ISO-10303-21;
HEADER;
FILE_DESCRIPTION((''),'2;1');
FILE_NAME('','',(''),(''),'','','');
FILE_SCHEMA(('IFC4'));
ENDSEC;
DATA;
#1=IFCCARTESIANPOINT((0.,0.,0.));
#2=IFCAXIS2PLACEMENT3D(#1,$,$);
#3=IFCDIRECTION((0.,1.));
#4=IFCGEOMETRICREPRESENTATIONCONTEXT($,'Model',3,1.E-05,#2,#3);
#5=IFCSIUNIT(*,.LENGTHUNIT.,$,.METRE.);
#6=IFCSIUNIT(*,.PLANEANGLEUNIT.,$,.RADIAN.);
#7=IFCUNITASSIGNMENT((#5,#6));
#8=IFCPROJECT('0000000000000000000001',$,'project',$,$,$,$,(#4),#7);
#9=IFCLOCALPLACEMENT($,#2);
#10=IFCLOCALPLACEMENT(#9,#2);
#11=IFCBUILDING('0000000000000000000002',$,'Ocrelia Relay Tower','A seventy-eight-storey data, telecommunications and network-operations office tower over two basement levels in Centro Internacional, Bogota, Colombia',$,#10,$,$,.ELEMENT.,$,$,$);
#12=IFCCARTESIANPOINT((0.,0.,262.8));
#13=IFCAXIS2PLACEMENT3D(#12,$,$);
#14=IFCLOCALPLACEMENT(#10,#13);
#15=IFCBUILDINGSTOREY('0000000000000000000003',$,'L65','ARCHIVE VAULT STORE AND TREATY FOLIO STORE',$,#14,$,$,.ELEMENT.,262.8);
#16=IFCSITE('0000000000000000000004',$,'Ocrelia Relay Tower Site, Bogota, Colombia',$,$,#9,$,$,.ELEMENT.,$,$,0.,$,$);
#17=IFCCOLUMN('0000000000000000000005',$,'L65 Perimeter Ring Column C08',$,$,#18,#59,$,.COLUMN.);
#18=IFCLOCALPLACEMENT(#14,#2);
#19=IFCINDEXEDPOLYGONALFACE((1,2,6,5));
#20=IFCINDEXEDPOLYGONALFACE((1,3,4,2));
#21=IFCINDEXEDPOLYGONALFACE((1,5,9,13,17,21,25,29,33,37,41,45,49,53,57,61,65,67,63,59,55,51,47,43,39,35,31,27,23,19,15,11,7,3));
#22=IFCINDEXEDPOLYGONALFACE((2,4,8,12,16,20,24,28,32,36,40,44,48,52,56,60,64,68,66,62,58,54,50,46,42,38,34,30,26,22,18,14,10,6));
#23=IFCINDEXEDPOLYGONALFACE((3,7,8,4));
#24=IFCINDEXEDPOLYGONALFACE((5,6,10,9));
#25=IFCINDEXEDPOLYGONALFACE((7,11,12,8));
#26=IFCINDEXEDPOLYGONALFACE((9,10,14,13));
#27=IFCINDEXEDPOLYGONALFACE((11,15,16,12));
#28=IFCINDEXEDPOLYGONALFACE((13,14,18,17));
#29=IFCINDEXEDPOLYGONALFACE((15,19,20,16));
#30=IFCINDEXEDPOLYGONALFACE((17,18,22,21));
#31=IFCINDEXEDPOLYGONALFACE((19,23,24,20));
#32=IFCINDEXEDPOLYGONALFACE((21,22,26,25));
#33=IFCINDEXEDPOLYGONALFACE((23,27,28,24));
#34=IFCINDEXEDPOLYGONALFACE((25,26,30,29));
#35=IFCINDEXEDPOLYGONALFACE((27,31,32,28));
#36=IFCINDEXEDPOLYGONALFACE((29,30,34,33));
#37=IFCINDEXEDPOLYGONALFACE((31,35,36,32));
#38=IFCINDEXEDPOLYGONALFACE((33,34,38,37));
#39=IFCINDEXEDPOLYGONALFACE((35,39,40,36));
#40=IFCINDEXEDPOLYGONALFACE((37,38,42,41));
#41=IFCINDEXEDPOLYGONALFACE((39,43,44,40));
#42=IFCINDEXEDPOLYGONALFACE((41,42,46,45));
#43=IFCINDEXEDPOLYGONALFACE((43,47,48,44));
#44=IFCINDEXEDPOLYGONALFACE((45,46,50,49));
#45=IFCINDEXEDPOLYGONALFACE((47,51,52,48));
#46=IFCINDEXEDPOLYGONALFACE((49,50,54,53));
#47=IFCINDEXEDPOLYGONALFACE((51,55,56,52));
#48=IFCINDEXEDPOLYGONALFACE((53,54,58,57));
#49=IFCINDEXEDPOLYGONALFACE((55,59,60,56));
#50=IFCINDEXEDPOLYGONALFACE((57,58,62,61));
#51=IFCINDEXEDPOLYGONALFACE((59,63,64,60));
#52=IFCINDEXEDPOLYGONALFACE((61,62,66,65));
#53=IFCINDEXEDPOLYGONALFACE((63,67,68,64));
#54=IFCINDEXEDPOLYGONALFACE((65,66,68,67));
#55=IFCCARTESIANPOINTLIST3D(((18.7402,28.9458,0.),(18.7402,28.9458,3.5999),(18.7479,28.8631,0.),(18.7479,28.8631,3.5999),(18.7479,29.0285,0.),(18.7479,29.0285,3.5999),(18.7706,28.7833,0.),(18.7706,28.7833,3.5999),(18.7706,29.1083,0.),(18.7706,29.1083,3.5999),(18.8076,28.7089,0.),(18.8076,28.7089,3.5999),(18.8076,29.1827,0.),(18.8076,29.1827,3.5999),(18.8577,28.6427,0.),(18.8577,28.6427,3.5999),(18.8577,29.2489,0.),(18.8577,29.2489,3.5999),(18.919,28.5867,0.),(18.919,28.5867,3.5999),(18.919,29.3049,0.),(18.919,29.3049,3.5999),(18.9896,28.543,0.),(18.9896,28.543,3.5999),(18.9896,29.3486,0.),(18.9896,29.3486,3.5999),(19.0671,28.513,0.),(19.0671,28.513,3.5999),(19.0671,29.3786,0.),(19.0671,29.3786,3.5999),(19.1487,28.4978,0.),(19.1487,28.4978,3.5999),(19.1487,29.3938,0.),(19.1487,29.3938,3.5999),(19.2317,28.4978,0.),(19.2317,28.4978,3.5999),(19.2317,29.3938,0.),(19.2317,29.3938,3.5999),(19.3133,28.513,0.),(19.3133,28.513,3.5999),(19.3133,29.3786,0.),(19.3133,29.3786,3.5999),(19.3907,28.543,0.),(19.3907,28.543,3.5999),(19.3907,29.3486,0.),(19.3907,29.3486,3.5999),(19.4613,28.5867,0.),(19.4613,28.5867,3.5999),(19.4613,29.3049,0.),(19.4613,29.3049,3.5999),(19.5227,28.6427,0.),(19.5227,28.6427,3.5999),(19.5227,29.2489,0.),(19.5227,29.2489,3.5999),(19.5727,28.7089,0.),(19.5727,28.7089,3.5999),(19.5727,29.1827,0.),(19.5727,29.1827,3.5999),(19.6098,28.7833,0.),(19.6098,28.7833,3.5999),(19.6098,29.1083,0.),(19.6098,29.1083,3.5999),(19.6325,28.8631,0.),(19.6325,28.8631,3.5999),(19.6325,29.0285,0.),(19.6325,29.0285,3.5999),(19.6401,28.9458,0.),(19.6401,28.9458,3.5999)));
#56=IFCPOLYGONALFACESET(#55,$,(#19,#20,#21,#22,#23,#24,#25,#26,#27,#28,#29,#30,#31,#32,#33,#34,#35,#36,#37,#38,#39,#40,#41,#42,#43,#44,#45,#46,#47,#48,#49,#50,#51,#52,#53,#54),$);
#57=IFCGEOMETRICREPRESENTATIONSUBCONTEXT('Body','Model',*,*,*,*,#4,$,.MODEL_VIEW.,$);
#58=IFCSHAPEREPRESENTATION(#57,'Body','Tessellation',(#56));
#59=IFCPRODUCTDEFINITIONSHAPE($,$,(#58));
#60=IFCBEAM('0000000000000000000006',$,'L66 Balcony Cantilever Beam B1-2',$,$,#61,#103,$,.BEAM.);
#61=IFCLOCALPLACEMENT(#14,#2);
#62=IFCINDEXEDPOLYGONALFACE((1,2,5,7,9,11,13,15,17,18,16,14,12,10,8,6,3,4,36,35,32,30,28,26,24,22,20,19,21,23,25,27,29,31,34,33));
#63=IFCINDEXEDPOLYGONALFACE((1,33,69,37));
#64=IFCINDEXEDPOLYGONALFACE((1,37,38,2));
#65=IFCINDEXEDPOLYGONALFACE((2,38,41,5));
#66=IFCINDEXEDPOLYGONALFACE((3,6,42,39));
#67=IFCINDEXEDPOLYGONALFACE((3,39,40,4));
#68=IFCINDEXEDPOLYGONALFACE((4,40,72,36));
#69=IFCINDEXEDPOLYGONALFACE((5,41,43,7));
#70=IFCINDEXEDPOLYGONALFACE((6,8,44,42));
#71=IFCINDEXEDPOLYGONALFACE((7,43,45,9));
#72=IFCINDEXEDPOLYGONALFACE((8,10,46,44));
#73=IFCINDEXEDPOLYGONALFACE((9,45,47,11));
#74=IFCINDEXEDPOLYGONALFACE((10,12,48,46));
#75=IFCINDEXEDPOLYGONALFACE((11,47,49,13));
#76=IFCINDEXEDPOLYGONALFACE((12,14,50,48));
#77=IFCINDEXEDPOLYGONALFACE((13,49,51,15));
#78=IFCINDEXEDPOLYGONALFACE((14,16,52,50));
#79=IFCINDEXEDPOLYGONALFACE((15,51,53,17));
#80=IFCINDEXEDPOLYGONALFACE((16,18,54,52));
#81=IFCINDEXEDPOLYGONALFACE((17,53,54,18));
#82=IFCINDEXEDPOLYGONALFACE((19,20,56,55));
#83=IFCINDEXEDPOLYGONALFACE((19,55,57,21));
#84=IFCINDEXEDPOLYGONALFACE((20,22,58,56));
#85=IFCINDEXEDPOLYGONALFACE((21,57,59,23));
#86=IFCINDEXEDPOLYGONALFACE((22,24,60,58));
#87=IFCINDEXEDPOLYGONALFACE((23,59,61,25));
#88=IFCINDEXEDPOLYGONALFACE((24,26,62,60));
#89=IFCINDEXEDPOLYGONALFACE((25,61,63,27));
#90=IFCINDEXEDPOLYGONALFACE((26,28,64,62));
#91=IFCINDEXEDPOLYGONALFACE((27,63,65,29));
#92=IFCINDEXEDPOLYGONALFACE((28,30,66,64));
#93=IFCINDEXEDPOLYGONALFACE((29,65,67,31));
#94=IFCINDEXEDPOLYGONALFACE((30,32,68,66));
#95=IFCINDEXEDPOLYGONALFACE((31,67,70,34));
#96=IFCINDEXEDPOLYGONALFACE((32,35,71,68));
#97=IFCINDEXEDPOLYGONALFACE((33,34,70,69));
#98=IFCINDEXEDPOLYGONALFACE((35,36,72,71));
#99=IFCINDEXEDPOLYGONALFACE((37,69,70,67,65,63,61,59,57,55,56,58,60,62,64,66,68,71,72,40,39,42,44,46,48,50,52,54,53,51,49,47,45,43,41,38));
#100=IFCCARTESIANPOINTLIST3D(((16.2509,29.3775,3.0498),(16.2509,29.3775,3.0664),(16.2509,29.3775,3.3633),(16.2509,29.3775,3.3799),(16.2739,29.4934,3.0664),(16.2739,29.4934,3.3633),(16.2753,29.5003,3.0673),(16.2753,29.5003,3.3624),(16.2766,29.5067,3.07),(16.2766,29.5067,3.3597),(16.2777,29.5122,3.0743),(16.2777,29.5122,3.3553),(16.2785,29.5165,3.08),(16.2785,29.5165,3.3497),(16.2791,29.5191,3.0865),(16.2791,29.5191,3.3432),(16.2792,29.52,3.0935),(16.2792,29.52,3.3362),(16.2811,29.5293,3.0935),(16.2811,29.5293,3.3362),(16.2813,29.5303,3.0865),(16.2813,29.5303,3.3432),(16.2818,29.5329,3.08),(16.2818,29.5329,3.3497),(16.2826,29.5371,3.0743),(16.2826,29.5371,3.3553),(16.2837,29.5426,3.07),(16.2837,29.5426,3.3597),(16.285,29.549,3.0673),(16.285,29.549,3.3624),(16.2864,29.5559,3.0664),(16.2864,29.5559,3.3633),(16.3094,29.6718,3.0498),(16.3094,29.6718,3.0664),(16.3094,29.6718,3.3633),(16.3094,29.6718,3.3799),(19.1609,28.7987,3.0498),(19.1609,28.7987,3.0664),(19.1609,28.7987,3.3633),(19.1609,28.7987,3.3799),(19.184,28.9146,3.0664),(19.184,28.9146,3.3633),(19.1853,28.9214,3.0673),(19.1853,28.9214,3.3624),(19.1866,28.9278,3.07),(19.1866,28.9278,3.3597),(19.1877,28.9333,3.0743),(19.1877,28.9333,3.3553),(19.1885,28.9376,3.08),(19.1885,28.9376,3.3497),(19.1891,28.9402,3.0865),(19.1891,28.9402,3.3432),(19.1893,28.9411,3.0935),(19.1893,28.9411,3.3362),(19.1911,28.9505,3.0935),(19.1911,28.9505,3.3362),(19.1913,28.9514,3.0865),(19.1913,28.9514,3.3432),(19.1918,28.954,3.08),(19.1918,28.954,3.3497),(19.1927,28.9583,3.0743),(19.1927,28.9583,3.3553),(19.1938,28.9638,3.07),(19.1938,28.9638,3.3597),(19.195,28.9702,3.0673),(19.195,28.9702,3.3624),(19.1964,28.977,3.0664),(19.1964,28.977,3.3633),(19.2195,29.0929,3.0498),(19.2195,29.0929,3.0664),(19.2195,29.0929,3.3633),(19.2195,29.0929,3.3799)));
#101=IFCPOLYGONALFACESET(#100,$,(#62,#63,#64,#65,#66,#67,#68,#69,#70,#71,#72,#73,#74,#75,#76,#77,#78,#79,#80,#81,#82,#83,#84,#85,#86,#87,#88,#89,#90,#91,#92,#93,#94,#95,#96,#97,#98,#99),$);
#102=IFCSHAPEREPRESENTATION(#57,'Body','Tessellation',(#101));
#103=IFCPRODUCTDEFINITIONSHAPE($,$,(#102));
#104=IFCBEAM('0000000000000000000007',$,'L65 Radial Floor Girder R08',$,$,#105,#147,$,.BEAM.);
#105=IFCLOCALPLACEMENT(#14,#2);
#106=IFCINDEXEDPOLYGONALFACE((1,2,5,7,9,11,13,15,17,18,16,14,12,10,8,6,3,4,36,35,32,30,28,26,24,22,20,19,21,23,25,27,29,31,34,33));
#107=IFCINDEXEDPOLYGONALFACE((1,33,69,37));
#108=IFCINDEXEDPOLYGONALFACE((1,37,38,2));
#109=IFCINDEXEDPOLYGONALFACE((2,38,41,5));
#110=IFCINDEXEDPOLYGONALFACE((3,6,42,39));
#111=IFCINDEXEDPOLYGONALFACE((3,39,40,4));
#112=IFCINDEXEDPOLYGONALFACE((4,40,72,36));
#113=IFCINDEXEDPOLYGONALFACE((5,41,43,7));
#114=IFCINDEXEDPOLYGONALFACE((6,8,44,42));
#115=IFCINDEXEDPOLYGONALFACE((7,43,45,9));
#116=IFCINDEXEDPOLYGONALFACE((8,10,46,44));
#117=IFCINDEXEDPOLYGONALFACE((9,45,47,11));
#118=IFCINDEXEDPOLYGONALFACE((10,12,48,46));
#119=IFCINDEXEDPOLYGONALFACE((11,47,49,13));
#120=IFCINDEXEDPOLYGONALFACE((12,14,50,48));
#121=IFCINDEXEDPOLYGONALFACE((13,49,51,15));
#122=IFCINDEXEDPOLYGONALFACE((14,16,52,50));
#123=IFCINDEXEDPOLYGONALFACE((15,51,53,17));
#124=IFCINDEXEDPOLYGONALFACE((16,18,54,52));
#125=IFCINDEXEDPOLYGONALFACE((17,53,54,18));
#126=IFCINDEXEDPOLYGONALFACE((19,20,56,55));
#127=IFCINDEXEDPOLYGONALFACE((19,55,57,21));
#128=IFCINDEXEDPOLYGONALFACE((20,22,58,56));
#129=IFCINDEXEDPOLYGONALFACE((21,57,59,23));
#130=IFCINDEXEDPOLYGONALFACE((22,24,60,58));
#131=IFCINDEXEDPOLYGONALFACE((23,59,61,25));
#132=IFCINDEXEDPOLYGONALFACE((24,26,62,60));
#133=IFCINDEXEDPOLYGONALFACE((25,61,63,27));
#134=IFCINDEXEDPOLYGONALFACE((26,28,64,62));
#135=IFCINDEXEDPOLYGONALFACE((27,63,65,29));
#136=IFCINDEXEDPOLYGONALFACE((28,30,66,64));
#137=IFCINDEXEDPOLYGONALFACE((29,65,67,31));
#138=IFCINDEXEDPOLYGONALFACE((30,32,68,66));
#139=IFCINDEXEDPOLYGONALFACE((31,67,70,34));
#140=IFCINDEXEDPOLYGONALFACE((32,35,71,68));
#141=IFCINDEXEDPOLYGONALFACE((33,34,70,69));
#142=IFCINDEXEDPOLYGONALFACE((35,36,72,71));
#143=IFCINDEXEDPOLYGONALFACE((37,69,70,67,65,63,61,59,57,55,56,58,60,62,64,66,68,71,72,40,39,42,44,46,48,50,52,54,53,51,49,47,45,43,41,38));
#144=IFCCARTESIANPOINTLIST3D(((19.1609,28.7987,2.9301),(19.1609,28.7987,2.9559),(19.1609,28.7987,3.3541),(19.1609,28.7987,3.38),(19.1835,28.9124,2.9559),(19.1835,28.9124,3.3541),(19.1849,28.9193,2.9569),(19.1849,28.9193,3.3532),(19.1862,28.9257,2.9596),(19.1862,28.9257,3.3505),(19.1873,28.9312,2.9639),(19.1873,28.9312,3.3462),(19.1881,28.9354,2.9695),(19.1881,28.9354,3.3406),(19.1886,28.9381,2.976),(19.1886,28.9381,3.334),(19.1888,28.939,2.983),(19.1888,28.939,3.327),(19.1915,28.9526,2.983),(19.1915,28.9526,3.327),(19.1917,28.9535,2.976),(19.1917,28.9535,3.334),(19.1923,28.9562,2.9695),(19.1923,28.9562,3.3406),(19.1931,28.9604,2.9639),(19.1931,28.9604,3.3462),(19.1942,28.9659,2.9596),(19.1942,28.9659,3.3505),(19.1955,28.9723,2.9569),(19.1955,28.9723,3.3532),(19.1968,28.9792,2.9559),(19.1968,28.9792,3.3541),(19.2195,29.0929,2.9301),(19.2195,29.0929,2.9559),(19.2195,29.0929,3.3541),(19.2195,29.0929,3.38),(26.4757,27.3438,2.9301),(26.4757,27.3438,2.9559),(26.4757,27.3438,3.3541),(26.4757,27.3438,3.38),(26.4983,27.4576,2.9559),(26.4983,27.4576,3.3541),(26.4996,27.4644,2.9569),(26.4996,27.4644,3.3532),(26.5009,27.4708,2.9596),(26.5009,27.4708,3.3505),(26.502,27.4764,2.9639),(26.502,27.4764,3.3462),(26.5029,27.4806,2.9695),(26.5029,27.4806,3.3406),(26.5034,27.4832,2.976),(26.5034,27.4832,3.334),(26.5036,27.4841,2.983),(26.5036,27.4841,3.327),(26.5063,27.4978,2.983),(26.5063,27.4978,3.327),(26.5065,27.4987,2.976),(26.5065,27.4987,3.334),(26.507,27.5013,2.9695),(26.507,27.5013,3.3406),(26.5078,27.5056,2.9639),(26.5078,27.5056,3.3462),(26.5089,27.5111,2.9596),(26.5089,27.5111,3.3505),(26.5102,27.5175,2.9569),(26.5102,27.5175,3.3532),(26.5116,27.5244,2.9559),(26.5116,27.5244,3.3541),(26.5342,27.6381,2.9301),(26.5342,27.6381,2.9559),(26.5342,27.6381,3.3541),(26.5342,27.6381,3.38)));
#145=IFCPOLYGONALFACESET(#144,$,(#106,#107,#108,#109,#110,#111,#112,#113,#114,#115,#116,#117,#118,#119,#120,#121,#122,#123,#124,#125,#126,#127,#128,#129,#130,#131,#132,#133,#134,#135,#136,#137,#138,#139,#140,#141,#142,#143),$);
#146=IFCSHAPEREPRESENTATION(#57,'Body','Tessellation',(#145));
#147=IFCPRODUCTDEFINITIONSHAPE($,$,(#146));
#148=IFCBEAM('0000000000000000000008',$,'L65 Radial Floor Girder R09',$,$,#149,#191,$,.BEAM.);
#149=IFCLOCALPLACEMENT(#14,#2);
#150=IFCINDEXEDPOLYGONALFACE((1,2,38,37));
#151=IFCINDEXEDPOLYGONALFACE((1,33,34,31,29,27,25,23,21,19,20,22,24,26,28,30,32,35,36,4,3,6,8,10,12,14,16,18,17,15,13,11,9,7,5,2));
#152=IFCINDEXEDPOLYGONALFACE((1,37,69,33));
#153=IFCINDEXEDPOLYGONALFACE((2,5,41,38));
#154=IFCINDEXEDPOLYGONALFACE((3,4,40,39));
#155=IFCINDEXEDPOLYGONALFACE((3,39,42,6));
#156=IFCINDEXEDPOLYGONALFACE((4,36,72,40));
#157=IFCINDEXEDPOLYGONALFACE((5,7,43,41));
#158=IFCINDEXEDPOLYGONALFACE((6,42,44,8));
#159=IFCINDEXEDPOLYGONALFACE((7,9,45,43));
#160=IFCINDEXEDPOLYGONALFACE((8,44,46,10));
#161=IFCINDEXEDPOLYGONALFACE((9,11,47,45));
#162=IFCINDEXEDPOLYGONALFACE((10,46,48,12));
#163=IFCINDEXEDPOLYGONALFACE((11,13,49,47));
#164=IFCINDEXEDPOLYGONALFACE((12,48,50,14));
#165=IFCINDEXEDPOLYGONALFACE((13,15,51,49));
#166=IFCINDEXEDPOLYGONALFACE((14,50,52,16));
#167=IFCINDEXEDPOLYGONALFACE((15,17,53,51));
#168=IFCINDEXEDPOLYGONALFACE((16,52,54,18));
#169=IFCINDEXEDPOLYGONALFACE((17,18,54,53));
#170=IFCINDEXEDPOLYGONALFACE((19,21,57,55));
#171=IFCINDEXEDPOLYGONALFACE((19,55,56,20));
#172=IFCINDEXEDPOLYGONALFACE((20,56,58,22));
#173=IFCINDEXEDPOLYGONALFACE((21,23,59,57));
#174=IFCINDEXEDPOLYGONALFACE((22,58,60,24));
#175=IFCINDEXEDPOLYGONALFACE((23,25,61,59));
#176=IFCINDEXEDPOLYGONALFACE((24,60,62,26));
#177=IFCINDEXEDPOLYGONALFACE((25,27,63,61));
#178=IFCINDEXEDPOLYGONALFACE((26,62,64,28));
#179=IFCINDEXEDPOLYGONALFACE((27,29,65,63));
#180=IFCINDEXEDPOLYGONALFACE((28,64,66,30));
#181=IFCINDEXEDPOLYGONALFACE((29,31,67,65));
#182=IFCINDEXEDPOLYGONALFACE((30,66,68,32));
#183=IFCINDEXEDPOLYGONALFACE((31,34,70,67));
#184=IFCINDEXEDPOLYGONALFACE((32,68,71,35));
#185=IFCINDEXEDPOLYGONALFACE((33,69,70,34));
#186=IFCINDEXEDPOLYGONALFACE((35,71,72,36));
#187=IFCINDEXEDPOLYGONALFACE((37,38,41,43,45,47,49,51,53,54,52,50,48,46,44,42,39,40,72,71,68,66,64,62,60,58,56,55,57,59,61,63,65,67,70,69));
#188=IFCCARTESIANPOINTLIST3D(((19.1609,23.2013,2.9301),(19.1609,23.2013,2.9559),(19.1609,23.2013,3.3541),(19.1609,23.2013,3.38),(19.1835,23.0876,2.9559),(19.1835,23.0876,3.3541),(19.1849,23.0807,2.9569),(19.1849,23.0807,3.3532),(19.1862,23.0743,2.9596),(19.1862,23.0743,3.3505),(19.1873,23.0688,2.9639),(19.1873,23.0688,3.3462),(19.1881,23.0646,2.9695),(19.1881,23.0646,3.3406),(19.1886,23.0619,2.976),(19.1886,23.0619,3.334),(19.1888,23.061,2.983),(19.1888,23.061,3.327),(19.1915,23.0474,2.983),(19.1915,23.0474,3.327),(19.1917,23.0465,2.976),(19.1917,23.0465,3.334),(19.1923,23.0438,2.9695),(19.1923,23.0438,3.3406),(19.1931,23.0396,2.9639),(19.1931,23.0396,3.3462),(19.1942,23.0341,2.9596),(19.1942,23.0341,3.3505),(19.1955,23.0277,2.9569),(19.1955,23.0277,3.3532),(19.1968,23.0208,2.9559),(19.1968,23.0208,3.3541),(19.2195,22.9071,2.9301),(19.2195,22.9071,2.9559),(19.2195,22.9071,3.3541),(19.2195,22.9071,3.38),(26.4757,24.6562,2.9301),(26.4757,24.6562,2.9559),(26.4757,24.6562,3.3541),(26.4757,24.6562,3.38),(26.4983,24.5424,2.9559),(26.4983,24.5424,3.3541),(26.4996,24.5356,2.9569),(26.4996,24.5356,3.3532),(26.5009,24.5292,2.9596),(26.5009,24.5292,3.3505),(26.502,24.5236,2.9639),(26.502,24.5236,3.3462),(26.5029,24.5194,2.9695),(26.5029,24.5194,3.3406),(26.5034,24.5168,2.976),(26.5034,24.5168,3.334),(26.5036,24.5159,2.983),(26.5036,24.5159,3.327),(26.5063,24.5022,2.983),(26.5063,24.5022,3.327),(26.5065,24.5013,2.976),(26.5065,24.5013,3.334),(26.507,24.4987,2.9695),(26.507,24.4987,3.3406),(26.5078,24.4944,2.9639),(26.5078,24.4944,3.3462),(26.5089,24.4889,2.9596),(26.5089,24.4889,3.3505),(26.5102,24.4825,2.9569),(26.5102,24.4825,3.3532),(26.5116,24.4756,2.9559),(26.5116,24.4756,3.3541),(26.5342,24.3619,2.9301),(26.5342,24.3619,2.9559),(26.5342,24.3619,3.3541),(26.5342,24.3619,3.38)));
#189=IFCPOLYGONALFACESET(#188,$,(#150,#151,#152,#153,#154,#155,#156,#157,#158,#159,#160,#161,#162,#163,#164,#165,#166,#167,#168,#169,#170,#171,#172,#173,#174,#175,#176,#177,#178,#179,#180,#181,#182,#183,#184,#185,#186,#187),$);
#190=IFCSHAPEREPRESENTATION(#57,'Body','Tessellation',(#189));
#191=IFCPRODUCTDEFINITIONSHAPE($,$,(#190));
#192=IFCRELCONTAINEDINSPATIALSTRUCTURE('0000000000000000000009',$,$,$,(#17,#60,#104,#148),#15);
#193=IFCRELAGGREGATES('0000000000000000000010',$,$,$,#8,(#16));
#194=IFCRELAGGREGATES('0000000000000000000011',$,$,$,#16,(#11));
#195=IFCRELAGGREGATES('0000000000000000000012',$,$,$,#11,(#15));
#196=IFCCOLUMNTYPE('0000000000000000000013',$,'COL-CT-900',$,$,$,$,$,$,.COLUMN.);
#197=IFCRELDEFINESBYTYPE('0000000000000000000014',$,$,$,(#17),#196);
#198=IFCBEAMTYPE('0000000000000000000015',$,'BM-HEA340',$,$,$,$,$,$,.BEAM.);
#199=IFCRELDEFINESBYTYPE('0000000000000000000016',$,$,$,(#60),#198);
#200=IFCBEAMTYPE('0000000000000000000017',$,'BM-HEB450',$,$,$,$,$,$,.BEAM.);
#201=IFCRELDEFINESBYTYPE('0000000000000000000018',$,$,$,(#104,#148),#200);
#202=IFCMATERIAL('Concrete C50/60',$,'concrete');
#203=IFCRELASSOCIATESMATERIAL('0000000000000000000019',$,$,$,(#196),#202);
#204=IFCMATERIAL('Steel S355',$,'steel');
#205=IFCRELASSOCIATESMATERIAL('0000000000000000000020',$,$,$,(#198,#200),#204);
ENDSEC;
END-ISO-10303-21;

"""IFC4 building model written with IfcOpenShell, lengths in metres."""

from ifc_helpers import new_model, si_unit, direction, frame, origin, origin_2d, place, context, subcontext, project, spatial, circle, i_section, extrude, material, material_profile, profile_set, type_object, element, save


model = new_model("IFC4")

# Units and contexts
model_context = context("Model", 3, precision=1e-05, world=origin(), true_north=direction((0.0, 1.0)))
body_context = subcontext(model_context, "Body", "Model", "MODEL_VIEW")
ifc_project = project(units=[si_unit("LENGTHUNIT", "METRE"), si_unit("PLANEANGLEUNIT", "RADIAN")], contexts=[model_context])

# Site, building, storey
site_placement = place(None, origin())
site = spatial("IfcSite", under=ifc_project, at=site_placement, Name="Ocrelia Relay Tower Site, Bogota, Colombia", CompositionType="ELEMENT", RefElevation=0.0)
building_placement = place(site_placement, origin())
building = spatial("IfcBuilding", under=site, at=building_placement, Name="Ocrelia Relay Tower", Description="A seventy-eight-storey data, telecommunications and network-operations office tower over two basement levels in Centro Internacional, Bogota, Colombia", CompositionType="ELEMENT")
storey_placement = place(building_placement, frame((0.0, 0.0, 262.8)))
storey = spatial("IfcBuildingStorey", under=building, at=storey_placement, Name="L65", Description="ARCHIVE VAULT STORE AND TREATY FOLIO STORE", CompositionType="ELEMENT", Elevation=262.8)

# Column
ifc_material_1 = material(Name="Concrete C50/60", Category="concrete")
ifc_material_profile_1 = material_profile(ifc_material_1, circle(Radius=0.45, at=origin_2d()), Name="RC-CIR-900")
ifc_profile_set_1 = profile_set([ifc_material_profile_1], Name="Concrete C50/60")
column_type = type_object("IfcColumnType", Name="COL-CT-900", PredefinedType="COLUMN", material=ifc_profile_set_1)
column_placement = place(storey_placement, frame((19.1902, 28.9458, 0.0), z_axis=(0.0, 0.0, 1.0), x_axis=(1.0, 0.0, 0.0)))
element("IfcColumn", 1, at=column_placement, inside=storey, type_object=column_type, Name="L65 Perimeter Ring Column C08", PredefinedType="COLUMN", context=body_context, shape_type="SweptSolid", body=[
    extrude(circle(Radius=0.45, at=origin_2d()), origin(), (0.0, 0.0, 1.0), 3.5999),
])

# Beams
ifc_material_2 = material(Name="Steel S355", Category="steel")
ifc_material_profile_2 = material_profile(ifc_material_2, i_section(OverallWidth=0.3, OverallDepth=0.3301, WebThickness=0.0095, FlangeThickness=0.0166, FilletRadius=0.0271, at=origin_2d()), Name="HEA 340")
ifc_profile_set_2 = profile_set([ifc_material_profile_2], Name="Steel S355")
beam_type_1 = type_object("IfcBeamType", Name="BM-HEA340", PredefinedType="BEAM", material=ifc_profile_set_2)
beam_1_placement = place(storey_placement, frame((19.1902, 28.9458, 3.2148), z_axis=(-0.980783, 0.195103, 0.0), x_axis=(-0.195103, -0.980783, 0.0)))
element("IfcBeam", 2, at=beam_1_placement, inside=storey, type_object=beam_type_1, Name="L66 Balcony Cantilever Beam B1-2", PredefinedType="BEAM", context=body_context, shape_type="SweptSolid", body=[
    extrude(i_section(OverallWidth=0.3, OverallDepth=0.3301, WebThickness=0.0095, FlangeThickness=0.0166, FilletRadius=0.0271, at=origin_2d()), origin(), (0.0, 0.0, 1.0), 2.967),
])
ifc_material_profile_3 = material_profile(ifc_material_2, i_section(OverallWidth=0.3, OverallDepth=0.45, WebThickness=0.0139, FlangeThickness=0.0259, FilletRadius=0.0271, at=origin_2d()), Name="HEB 450")
ifc_profile_set_3 = profile_set([ifc_material_profile_3], Name="Steel S355")
beam_type_2 = type_object("IfcBeamType", Name="BM-HEB450", PredefinedType="BEAM", material=ifc_profile_set_3)
for number, where, z_axis, x_axis, name in (
    (3, (19.1902, 28.9458, 3.155), (0.980789, -0.195071, 0.0), (0.195071, 0.980789, 0.0), "L65 Radial Floor Girder R08"),
    (4, (19.1902, 23.0542, 3.155), (0.980789, 0.195071, 0.0), (-0.195071, 0.980789, 0.0), "L65 Radial Floor Girder R09"),
):
    element("IfcBeam", number, at=place(storey_placement, frame(where, z_axis=z_axis, x_axis=x_axis)), inside=storey, type_object=beam_type_2, Name=name, PredefinedType="BEAM", context=body_context, shape_type="SweptSolid", body=[
        extrude(i_section(OverallWidth=0.3, OverallDepth=0.45, WebThickness=0.0139, FlangeThickness=0.0259, FilletRadius=0.0271, at=origin_2d()), origin(), (0.0, 0.0, 1.0), 7.458),
    ])

save(model, "model.ifc")
